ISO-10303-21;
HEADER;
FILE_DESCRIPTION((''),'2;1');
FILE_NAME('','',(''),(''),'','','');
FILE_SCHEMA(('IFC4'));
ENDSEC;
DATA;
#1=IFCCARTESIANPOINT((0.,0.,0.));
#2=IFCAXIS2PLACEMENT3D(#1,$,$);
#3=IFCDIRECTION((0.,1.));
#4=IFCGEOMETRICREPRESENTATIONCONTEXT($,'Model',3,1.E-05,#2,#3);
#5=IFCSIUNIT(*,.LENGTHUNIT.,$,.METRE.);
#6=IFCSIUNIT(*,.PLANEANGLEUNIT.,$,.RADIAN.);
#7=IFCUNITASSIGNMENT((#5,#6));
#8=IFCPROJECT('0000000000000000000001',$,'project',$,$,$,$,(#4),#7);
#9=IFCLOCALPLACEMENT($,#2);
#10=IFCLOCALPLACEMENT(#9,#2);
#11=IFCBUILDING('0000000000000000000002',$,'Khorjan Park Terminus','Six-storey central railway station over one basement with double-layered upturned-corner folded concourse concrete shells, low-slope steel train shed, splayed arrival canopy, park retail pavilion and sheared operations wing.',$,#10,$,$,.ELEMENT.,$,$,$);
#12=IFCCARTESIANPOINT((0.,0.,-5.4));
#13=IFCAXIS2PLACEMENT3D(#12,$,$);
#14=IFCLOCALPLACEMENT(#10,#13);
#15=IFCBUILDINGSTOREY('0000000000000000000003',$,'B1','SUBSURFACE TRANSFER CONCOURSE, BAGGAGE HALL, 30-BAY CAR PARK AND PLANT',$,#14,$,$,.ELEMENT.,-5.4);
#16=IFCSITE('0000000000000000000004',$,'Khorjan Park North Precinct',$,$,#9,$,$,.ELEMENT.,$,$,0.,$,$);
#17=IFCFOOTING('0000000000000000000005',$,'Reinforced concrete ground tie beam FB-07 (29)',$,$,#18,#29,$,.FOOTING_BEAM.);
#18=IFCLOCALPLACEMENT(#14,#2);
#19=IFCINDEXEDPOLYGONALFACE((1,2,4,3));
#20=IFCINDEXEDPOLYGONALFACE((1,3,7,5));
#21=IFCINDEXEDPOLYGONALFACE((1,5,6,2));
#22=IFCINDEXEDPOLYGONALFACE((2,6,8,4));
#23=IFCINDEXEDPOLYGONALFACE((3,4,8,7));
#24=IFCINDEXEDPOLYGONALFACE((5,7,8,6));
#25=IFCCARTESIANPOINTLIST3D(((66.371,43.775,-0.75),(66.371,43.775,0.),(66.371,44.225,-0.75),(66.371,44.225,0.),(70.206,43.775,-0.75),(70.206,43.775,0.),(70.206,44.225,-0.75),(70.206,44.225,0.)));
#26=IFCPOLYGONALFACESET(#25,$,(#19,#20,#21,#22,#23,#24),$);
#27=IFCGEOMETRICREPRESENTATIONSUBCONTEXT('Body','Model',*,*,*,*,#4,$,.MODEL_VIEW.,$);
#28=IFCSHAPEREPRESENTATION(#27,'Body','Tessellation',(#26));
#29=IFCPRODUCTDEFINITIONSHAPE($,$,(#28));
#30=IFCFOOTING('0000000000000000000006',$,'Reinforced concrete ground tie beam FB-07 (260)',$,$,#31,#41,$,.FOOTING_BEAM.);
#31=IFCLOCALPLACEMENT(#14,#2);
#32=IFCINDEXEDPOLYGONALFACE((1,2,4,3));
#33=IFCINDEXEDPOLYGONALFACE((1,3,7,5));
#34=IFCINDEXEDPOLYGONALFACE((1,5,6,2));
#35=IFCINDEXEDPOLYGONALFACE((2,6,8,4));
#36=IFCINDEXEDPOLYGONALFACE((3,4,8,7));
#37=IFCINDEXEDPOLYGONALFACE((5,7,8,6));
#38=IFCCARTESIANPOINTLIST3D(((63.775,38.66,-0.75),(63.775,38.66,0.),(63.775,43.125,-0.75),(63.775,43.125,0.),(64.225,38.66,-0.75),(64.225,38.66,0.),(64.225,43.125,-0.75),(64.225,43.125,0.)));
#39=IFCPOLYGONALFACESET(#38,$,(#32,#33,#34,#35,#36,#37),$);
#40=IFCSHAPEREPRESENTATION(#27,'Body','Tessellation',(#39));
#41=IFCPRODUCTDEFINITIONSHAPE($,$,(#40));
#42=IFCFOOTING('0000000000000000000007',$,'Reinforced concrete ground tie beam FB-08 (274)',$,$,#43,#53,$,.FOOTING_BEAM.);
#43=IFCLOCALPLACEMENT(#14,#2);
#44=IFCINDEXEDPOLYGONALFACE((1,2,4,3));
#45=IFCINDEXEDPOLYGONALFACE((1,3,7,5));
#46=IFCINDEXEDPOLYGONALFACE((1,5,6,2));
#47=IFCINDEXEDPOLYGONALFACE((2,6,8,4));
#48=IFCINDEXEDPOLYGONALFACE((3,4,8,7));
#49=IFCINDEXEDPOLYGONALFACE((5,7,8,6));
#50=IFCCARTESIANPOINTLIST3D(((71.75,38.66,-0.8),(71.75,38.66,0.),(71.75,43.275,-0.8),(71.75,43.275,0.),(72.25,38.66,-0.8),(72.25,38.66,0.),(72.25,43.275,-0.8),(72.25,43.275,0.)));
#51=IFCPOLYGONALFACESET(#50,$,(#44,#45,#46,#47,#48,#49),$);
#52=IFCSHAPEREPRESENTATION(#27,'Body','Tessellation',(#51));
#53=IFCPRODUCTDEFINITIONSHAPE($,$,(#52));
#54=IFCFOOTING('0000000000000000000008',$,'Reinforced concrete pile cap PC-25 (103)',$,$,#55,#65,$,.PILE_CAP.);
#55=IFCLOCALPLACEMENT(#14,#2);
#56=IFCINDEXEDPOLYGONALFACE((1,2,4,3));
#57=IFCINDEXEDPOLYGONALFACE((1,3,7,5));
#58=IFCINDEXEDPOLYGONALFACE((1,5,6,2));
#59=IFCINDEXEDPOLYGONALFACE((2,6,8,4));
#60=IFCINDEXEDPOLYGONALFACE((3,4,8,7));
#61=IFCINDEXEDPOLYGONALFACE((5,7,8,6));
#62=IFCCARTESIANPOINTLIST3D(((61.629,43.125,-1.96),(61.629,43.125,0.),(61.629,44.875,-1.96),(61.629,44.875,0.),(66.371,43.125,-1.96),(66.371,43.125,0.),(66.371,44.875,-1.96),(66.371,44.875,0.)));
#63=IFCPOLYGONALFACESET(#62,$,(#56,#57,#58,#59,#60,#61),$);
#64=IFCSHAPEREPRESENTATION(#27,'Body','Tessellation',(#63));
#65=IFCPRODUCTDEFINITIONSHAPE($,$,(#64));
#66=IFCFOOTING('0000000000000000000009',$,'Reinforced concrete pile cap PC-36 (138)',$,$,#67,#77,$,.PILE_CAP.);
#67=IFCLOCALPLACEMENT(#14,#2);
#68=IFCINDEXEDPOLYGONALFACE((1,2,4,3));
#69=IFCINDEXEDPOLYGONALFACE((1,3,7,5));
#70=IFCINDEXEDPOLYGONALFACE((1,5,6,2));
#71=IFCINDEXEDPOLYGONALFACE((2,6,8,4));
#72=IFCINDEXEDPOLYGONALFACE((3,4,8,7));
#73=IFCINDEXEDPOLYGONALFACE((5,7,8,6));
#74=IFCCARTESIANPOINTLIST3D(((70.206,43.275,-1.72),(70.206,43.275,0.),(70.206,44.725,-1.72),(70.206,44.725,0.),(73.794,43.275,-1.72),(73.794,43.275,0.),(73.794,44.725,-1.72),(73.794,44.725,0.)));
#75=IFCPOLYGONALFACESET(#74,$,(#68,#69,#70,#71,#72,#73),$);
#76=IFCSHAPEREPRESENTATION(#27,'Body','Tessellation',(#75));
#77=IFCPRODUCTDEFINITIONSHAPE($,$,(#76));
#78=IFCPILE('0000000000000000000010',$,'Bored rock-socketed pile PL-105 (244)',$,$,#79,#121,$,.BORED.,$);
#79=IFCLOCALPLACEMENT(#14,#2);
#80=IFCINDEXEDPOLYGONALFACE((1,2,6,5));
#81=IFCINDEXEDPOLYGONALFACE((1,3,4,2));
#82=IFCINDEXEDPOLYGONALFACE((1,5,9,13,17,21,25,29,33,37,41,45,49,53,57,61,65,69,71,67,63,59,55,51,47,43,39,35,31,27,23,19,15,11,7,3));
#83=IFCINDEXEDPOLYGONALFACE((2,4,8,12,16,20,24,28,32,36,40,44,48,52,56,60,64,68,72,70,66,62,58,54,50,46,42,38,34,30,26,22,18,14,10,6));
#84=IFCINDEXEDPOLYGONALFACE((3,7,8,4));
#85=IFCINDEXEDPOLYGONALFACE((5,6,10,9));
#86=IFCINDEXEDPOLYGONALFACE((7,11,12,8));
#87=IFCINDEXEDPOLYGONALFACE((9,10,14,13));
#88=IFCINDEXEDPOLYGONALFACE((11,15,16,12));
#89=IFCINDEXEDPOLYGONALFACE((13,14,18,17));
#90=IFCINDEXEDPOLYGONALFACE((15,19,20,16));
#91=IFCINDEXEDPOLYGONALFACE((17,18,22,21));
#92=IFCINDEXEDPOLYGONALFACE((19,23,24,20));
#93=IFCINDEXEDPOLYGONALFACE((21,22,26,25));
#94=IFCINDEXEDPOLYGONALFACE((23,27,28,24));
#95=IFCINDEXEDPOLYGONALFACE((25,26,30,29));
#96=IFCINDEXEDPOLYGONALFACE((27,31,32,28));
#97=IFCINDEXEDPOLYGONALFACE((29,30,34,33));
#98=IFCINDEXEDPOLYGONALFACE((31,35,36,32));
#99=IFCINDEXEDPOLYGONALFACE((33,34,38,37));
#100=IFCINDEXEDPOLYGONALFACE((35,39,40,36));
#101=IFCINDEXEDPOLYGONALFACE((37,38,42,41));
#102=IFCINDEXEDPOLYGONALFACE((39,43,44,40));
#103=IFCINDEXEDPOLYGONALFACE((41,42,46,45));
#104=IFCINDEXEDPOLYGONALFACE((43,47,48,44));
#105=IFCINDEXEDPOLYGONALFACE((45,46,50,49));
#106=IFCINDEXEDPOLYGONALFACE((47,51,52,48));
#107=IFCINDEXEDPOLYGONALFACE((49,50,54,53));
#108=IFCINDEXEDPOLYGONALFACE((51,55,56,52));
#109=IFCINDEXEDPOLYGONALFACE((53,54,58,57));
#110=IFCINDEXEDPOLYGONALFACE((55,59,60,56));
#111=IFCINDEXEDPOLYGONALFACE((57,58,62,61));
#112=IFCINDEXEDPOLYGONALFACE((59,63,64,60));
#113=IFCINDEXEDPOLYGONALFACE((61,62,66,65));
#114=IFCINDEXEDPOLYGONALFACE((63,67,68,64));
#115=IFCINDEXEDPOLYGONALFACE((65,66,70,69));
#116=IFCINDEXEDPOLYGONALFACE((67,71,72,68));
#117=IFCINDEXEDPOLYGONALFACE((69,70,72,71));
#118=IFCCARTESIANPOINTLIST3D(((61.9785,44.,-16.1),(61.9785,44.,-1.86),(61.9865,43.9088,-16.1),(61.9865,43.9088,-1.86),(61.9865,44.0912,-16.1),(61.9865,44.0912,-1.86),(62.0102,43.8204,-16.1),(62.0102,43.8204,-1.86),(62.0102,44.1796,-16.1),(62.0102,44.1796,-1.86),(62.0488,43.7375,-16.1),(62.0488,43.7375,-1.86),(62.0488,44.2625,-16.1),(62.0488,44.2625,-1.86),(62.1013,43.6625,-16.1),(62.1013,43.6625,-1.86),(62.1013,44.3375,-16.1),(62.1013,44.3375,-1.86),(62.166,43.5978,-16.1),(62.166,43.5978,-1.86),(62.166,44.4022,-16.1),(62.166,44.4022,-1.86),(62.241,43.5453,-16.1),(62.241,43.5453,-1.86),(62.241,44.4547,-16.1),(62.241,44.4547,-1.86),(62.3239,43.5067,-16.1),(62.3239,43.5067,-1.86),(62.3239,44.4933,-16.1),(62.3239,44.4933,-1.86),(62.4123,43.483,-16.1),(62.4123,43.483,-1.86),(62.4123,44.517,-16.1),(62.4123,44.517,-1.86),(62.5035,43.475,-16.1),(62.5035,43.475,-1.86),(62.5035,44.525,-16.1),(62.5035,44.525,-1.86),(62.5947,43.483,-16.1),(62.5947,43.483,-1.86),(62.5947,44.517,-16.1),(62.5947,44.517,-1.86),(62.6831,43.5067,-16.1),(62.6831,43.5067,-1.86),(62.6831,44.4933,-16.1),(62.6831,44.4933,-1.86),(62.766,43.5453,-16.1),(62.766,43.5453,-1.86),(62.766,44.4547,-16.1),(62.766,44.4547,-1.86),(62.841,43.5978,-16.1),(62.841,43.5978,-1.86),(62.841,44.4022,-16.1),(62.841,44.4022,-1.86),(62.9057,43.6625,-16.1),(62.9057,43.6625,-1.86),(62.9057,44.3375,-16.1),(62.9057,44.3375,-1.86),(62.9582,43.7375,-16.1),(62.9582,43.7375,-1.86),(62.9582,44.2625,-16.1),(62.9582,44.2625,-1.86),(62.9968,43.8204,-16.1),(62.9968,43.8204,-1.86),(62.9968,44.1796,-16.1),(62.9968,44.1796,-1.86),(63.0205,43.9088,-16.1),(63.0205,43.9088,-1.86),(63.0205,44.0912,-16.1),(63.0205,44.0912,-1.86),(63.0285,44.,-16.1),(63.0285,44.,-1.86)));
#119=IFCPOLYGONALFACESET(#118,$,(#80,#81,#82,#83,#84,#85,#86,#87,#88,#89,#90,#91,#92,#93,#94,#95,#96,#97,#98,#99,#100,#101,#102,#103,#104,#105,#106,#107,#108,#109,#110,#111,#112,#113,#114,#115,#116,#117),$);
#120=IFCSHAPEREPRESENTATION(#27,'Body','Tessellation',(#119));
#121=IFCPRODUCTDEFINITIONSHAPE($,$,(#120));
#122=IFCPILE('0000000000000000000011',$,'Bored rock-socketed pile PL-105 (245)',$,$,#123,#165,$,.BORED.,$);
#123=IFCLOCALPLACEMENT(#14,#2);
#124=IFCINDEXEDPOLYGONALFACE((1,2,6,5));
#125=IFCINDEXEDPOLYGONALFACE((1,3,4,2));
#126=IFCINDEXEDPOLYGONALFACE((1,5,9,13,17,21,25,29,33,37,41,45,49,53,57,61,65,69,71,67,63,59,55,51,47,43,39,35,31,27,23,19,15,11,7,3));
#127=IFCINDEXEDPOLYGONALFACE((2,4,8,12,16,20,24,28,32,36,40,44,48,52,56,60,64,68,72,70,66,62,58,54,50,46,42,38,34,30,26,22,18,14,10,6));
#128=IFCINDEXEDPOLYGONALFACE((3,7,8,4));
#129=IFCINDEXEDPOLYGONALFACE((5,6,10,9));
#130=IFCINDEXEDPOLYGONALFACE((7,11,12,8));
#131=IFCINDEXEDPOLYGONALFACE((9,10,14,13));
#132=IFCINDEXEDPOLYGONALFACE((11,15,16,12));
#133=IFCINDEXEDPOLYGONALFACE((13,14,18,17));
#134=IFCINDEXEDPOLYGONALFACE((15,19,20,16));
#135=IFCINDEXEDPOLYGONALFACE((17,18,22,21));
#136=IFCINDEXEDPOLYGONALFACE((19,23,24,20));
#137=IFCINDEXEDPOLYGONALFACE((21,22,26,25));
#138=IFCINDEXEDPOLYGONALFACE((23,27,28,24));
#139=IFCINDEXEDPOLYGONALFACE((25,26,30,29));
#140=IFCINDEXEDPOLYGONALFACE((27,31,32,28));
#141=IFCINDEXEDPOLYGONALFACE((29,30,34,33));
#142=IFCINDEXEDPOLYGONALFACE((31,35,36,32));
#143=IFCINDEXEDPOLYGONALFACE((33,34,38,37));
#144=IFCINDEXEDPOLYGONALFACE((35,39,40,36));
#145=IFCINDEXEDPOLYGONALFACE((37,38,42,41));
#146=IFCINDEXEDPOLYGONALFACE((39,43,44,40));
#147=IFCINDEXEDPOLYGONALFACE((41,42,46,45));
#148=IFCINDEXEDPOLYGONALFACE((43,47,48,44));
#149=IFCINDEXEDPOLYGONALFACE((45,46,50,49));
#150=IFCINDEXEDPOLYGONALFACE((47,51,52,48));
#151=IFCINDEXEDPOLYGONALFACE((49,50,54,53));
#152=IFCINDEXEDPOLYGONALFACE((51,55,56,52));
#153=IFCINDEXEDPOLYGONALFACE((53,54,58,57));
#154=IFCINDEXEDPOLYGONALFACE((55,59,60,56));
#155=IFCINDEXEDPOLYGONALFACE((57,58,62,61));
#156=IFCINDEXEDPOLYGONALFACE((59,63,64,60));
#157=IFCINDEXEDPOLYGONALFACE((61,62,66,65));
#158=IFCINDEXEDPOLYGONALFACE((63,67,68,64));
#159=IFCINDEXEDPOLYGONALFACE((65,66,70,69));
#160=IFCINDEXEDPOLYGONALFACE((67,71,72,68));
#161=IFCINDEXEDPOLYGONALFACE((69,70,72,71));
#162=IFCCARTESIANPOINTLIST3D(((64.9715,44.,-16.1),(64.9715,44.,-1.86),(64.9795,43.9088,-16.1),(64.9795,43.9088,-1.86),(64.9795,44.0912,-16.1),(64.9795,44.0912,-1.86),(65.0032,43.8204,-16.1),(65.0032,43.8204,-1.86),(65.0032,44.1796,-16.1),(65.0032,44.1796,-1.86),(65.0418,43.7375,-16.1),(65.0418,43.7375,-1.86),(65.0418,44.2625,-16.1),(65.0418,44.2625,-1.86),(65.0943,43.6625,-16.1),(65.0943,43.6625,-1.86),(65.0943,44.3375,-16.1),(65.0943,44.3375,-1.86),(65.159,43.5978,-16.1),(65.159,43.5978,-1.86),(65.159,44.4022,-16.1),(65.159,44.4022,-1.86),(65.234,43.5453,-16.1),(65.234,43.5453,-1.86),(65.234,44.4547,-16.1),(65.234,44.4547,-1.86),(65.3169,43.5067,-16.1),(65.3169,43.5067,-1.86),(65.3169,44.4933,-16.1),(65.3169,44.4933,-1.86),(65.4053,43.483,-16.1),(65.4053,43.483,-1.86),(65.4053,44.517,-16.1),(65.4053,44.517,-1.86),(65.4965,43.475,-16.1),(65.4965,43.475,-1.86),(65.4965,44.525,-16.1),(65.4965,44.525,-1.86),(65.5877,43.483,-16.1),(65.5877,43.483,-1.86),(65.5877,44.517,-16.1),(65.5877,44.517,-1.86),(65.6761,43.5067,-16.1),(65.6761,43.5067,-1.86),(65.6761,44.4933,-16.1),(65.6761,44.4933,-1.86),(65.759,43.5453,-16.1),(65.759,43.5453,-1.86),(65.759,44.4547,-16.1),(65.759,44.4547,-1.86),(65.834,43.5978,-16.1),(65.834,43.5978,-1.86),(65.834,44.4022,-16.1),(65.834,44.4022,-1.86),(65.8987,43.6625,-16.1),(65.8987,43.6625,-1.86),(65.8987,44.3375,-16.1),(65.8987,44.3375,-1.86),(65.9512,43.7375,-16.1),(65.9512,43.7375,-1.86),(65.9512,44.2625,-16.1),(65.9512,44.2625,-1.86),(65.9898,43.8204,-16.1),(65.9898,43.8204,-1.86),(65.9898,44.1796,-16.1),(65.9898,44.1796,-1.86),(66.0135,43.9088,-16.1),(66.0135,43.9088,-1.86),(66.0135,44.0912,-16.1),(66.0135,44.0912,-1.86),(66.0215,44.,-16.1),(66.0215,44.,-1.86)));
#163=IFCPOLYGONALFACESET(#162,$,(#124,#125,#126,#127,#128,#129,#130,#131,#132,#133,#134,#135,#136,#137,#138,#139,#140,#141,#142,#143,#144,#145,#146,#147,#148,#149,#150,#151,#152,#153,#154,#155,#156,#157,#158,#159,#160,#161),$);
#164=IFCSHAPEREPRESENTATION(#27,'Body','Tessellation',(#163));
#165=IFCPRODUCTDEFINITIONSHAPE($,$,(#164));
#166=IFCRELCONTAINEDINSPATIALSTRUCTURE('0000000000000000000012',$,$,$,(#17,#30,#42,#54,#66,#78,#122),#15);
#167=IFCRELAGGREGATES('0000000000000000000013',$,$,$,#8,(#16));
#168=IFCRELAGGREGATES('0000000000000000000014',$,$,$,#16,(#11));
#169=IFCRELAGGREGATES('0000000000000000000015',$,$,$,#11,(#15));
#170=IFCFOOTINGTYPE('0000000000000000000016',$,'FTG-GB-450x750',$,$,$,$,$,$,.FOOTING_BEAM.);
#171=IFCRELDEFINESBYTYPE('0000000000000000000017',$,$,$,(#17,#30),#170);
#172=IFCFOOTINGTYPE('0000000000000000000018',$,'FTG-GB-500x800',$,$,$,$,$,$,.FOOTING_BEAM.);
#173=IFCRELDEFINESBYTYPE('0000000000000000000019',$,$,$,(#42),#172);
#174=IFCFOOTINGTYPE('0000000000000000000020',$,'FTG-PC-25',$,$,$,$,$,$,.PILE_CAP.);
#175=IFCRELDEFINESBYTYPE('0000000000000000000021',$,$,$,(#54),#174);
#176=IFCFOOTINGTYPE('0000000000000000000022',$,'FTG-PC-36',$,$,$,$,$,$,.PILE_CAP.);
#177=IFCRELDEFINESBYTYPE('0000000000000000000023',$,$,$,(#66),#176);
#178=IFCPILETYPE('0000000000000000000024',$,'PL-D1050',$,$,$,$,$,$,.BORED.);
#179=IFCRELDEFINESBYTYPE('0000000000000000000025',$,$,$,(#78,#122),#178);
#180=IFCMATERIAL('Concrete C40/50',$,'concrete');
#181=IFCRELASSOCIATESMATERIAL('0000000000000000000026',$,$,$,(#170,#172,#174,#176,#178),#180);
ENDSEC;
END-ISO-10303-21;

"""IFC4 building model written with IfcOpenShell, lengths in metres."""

from ifc_helpers import new_model, si_unit, direction, frame, origin, origin_2d, place, context, subcontext, project, spatial, rectangle, circle, extrude, material, material_profile, profile_set, type_object, element, save


model = new_model("IFC4")

# Units and contexts
model_context = context("Model", 3, precision=1e-05, world=origin(), true_north=direction((0.0, 1.0)))
body_context = subcontext(model_context, "Body", "Model", "MODEL_VIEW")
ifc_project = project(units=[si_unit("LENGTHUNIT", "METRE"), si_unit("PLANEANGLEUNIT", "RADIAN")], contexts=[model_context])

# Site, building, storey
site_placement = place(None, origin())
site = spatial("IfcSite", under=ifc_project, at=site_placement, Name="Khorjan Park North Precinct", CompositionType="ELEMENT", RefElevation=0.0)
building_placement = place(site_placement, origin())
building = spatial("IfcBuilding", under=site, at=building_placement, Name="Khorjan Park Terminus", Description="Six-storey central railway station over one basement with double-layered upturned-corner folded concourse concrete shells, low-slope steel train shed, splayed arrival canopy, park retail pavilion and sheared operations wing.", CompositionType="ELEMENT")
storey_placement = place(building_placement, frame((0.0, 0.0, -5.4)))
storey = spatial("IfcBuildingStorey", under=building, at=storey_placement, Name="B1", Description="SUBSURFACE TRANSFER CONCOURSE, BAGGAGE HALL, 30-BAY CAR PARK AND PLANT", CompositionType="ELEMENT", Elevation=-5.4)

# Footings
ifc_material_1 = material(Name="Concrete C40/50", Category="concrete")
ifc_material_profile_1 = material_profile(ifc_material_1, rectangle(XDim=0.45, YDim=0.75, at=origin_2d()), Name="RC 450x750")
ifc_profile_set_1 = profile_set([ifc_material_profile_1], Name="Concrete C40/50")
footing_type_1 = type_object("IfcFootingType", Name="FTG-GB-450x750", PredefinedType="FOOTING_BEAM", material=ifc_profile_set_1)
footing_1_placement = place(storey_placement, frame((66.371, 44.0, -0.375), z_axis=(1.0, 0.0, 0.0), x_axis=(0.0, 1.0, 0.0)))
element("IfcFooting", 1, at=footing_1_placement, inside=storey, type_object=footing_type_1, Name="Reinforced concrete ground tie beam FB-07 (29)", PredefinedType="FOOTING_BEAM", context=body_context, shape_type="SweptSolid", body=[
    extrude(rectangle(XDim=0.45, YDim=0.75, at=origin_2d()), origin(), (0.0, 0.0, 1.0), 3.835),
])
footing_2_placement = place(storey_placement, frame((64.0, 38.66, -0.375), z_axis=(0.0, 1.0, 0.0), x_axis=(-1.0, 0.0, 0.0)))
element("IfcFooting", 2, at=footing_2_placement, inside=storey, type_object=footing_type_1, Name="Reinforced concrete ground tie beam FB-07 (260)", PredefinedType="FOOTING_BEAM", context=body_context, shape_type="SweptSolid", body=[
    extrude(rectangle(XDim=0.45, YDim=0.75, at=origin_2d()), origin(), (0.0, 0.0, 1.0), 4.465),
])
ifc_material_profile_2 = material_profile(ifc_material_1, rectangle(XDim=0.5, YDim=0.8, at=origin_2d()), Name="RC 500x800")
ifc_profile_set_2 = profile_set([ifc_material_profile_2], Name="Concrete C40/50")
footing_type_2 = type_object("IfcFootingType", Name="FTG-GB-500x800", PredefinedType="FOOTING_BEAM", material=ifc_profile_set_2)
footing_3_placement = place(storey_placement, frame((72.0, 38.66, -0.4), z_axis=(0.0, 1.0, 0.0), x_axis=(-1.0, 0.0, 0.0)))
element("IfcFooting", 3, at=footing_3_placement, inside=storey, type_object=footing_type_2, Name="Reinforced concrete ground tie beam FB-08 (274)", PredefinedType="FOOTING_BEAM", context=body_context, shape_type="SweptSolid", body=[
    extrude(rectangle(XDim=0.5, YDim=0.8, at=origin_2d()), origin(), (0.0, 0.0, 1.0), 4.615),
])
footing_type_3 = type_object("IfcFootingType", Name="FTG-PC-25", PredefinedType="PILE_CAP", material=ifc_material_1)
footing_4_placement = place(storey_placement, frame((64.0, 44.0, -1.96), z_axis=(0.0, 0.0, 1.0), x_axis=(1.0, 0.0, 0.0)))
element("IfcFooting", 4, at=footing_4_placement, inside=storey, type_object=footing_type_3, Name="Reinforced concrete pile cap PC-25 (103)", PredefinedType="PILE_CAP", context=body_context, shape_type="SweptSolid", body=[
    extrude(rectangle(XDim=4.742, YDim=1.75, at=origin_2d()), origin(), (0.0, 0.0, 1.0), 1.96),
])
footing_type_4 = type_object("IfcFootingType", Name="FTG-PC-36", PredefinedType="PILE_CAP", material=ifc_material_1)
footing_5_placement = place(storey_placement, frame((72.0, 44.0, -1.72), z_axis=(0.0, 0.0, 1.0), x_axis=(1.0, 0.0, 0.0)))
element("IfcFooting", 5, at=footing_5_placement, inside=storey, type_object=footing_type_4, Name="Reinforced concrete pile cap PC-36 (138)", PredefinedType="PILE_CAP", context=body_context, shape_type="SweptSolid", body=[
    extrude(rectangle(XDim=3.588, YDim=1.45, at=origin_2d()), origin(), (0.0, 0.0, 1.0), 1.72),
])

# Piles
ifc_material_profile_3 = material_profile(ifc_material_1, circle(Radius=0.525, at=origin_2d()), Name="BORED D1050")
ifc_profile_set_3 = profile_set([ifc_material_profile_3], Name="Concrete C40/50")
pile_type_1 = type_object("IfcPileType", Name="PL-D1050", PredefinedType="BORED", material=ifc_profile_set_3)
for number, where, z_axis, x_axis, name in (
    (6, (62.5035, 44.0, -1.86), (0.0, 0.0, -1.0), (1.0, 0.0, 0.0), "Bored rock-socketed pile PL-105 (244)"),
    (7, (65.4965, 44.0, -1.86), (0.0, 0.0, -1.0), (1.0, 0.0, 0.0), "Bored rock-socketed pile PL-105 (245)"),
):
    element("IfcPile", number, at=place(storey_placement, frame(where, z_axis=z_axis, x_axis=x_axis)), inside=storey, type_object=pile_type_1, Name=name, PredefinedType="BORED", context=body_context, shape_type="SweptSolid", body=[
        extrude(circle(Radius=0.525, at=origin_2d()), origin(), (0.0, 0.0, 1.0), 14.24),
    ])

save(model, "model.ifc")
